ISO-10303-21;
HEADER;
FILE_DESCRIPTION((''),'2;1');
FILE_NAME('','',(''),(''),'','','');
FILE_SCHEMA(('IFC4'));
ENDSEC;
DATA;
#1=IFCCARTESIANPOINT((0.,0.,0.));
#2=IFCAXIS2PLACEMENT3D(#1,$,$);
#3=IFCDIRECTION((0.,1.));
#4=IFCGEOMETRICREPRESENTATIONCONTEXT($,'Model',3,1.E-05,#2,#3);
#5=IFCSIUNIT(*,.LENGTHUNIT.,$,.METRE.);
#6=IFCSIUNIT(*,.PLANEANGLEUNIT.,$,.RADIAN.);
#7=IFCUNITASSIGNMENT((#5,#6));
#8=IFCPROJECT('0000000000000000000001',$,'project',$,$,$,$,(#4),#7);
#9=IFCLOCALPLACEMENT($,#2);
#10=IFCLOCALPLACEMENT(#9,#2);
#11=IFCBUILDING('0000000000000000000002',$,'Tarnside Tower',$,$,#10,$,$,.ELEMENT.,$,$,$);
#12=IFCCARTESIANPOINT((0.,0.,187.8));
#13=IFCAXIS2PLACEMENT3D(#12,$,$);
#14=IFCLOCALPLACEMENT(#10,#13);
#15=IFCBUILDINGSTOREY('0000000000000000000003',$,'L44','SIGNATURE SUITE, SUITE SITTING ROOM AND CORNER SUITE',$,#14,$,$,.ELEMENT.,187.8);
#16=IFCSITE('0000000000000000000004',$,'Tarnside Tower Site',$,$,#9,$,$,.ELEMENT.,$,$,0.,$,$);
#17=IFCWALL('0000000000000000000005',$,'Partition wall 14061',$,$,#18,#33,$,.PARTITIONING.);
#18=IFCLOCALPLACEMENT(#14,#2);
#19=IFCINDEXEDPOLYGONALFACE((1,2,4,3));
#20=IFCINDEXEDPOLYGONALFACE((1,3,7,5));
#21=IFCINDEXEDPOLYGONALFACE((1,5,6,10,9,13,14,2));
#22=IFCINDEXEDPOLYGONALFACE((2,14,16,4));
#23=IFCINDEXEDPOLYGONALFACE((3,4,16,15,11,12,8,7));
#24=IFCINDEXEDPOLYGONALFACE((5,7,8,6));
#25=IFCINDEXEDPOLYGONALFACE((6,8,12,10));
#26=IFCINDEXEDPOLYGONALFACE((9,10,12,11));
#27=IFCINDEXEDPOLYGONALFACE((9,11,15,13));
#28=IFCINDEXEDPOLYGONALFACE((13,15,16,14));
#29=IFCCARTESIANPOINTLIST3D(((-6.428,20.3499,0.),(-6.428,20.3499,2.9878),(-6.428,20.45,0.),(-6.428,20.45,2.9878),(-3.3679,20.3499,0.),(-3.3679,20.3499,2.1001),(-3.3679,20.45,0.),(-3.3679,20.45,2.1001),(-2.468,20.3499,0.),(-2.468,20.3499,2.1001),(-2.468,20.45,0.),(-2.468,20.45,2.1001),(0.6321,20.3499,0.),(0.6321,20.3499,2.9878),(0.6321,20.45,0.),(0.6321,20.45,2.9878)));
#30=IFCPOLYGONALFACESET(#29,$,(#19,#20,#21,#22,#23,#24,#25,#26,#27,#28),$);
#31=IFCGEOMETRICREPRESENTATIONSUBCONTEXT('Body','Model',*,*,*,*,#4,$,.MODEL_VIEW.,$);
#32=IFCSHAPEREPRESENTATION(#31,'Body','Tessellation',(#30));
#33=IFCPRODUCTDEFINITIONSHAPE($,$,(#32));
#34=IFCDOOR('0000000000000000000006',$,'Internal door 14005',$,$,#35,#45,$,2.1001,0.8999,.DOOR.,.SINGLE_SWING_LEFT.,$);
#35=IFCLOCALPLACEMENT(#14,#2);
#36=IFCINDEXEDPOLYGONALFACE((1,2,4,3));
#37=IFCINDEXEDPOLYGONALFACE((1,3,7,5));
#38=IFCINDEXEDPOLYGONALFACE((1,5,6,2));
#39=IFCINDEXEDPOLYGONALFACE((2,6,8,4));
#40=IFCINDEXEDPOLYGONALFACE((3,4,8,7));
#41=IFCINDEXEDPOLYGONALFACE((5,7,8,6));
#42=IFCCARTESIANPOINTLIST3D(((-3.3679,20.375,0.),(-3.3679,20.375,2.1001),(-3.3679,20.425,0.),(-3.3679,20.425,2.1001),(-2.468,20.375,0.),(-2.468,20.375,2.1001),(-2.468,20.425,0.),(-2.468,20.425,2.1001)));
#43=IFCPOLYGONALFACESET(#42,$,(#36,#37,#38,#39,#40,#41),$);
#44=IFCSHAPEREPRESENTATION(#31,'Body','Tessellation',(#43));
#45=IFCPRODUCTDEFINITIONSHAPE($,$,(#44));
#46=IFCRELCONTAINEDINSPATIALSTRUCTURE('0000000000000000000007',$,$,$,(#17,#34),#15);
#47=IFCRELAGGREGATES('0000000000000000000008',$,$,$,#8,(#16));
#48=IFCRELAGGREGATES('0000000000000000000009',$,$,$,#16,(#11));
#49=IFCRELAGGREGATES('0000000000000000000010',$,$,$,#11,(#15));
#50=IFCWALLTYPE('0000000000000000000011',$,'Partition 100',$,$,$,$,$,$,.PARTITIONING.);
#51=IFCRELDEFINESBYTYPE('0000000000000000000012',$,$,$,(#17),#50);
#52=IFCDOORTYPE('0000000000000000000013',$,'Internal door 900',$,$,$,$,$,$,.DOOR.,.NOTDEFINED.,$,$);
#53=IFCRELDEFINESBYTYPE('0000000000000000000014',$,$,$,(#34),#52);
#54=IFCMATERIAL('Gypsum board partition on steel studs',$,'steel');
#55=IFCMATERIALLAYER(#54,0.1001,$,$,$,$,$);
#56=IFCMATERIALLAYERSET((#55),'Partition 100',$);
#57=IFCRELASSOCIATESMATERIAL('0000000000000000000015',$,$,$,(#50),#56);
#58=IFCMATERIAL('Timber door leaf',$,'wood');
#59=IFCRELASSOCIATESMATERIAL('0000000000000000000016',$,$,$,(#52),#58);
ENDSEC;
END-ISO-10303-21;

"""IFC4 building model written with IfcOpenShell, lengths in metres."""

from ifc_helpers import new_model, si_unit, direction, frame, frame_2d, origin, place, context, subcontext, project, spatial, rectangle, extrude, material, layer, layer_set, type_object, element, fill, save


model = new_model("IFC4")

# Units and contexts
model_context = context("Model", 3, precision=1e-05, world=origin(), true_north=direction((0.0, 1.0)))
body_context = subcontext(model_context, "Body", "Model", "MODEL_VIEW")
ifc_project = project(units=[si_unit("LENGTHUNIT", "METRE"), si_unit("PLANEANGLEUNIT", "RADIAN")], contexts=[model_context])

# Site, building, storey
site_placement = place(None, origin())
site = spatial("IfcSite", under=ifc_project, at=site_placement, Name="Tarnside Tower Site", CompositionType="ELEMENT", RefElevation=0.0)
building_placement = place(site_placement, origin())
building = spatial("IfcBuilding", under=site, at=building_placement, Name="Tarnside Tower", CompositionType="ELEMENT")
storey_placement = place(building_placement, frame((0.0, 0.0, 187.8)))
storey = spatial("IfcBuildingStorey", under=building, at=storey_placement, Name="L44", Description="SIGNATURE SUITE, SUITE SITTING ROOM AND CORNER SUITE", CompositionType="ELEMENT", Elevation=187.8)

# Shared definitions
ifc_material_1 = material(Name="Gypsum board partition on steel studs", Category="steel")
ifc_material_2 = material(Name="Timber door leaf", Category="wood")

# Shared definitions
ifc_layer_1 = layer(ifc_material_1, 0.1001)
ifc_layer_set_1 = layer_set([ifc_layer_1], Name="Partition 100")
wall_type_1 = type_object("IfcWallType", Name="Partition 100", PredefinedType="PARTITIONING", material=ifc_layer_set_1)

# Wall, opening, door
wall_1_placement = place(storey_placement, frame((0.6321, 20.3999, 0.0), z_axis=(0.0, 0.0, 1.0), x_axis=(-1.0, 0.0, 0.0)))
wall_1 = element("IfcWall", 1, at=wall_1_placement, inside=storey, type_object=wall_type_1, Name="Partition wall 14061", PredefinedType="PARTITIONING", context=body_context, shape_type="SweptSolid", body=[
    extrude(rectangle(XDim=7.0601, YDim=0.1001, at=frame_2d((3.53, 0.0))), origin(), (0.0, 0.0, 1.0), 2.9878),
])
opening_1_placement = place(wall_1_placement, frame((3.1001, 0.0, 0.0)))
opening_1 = element("IfcOpeningElement", 2, at=opening_1_placement, cuts=wall_1, PredefinedType="OPENING", context=body_context, shape_type="SweptSolid", body=[
    extrude(rectangle(XDim=0.8999, YDim=2.1001, at=frame_2d((0.45, 1.05))), frame((0.0, 0.0601, 0.0), z_axis=(0.0, -1.0, 0.0), x_axis=(1.0, 0.0, 0.0)), (0.0, 0.0, 1.0), 0.1201),
])
door_type_1 = type_object("IfcDoorType", Name="Internal door 900", OperationType="NOTDEFINED", PredefinedType="DOOR", material=ifc_material_2)
door_1_placement = place(opening_1_placement, origin())
door_1 = element("IfcDoor", 3, at=door_1_placement, inside=storey, type_object=door_type_1, Name="Internal door 14005", OperationType="SINGLE_SWING_LEFT", OverallHeight=2.1001, OverallWidth=0.8999, PredefinedType="DOOR", context=body_context, shape_type="SweptSolid", body=[
    extrude(rectangle(XDim=0.8999, YDim=2.1001, at=frame_2d((0.45, 1.05))), frame((0.0, 0.0249, 0.0), z_axis=(0.0, -1.0, 0.0), x_axis=(1.0, 0.0, 0.0)), (0.0, 0.0, 1.0), 0.05),
])
fill(opening_1, door_1)

save(model, "model.ifc")
